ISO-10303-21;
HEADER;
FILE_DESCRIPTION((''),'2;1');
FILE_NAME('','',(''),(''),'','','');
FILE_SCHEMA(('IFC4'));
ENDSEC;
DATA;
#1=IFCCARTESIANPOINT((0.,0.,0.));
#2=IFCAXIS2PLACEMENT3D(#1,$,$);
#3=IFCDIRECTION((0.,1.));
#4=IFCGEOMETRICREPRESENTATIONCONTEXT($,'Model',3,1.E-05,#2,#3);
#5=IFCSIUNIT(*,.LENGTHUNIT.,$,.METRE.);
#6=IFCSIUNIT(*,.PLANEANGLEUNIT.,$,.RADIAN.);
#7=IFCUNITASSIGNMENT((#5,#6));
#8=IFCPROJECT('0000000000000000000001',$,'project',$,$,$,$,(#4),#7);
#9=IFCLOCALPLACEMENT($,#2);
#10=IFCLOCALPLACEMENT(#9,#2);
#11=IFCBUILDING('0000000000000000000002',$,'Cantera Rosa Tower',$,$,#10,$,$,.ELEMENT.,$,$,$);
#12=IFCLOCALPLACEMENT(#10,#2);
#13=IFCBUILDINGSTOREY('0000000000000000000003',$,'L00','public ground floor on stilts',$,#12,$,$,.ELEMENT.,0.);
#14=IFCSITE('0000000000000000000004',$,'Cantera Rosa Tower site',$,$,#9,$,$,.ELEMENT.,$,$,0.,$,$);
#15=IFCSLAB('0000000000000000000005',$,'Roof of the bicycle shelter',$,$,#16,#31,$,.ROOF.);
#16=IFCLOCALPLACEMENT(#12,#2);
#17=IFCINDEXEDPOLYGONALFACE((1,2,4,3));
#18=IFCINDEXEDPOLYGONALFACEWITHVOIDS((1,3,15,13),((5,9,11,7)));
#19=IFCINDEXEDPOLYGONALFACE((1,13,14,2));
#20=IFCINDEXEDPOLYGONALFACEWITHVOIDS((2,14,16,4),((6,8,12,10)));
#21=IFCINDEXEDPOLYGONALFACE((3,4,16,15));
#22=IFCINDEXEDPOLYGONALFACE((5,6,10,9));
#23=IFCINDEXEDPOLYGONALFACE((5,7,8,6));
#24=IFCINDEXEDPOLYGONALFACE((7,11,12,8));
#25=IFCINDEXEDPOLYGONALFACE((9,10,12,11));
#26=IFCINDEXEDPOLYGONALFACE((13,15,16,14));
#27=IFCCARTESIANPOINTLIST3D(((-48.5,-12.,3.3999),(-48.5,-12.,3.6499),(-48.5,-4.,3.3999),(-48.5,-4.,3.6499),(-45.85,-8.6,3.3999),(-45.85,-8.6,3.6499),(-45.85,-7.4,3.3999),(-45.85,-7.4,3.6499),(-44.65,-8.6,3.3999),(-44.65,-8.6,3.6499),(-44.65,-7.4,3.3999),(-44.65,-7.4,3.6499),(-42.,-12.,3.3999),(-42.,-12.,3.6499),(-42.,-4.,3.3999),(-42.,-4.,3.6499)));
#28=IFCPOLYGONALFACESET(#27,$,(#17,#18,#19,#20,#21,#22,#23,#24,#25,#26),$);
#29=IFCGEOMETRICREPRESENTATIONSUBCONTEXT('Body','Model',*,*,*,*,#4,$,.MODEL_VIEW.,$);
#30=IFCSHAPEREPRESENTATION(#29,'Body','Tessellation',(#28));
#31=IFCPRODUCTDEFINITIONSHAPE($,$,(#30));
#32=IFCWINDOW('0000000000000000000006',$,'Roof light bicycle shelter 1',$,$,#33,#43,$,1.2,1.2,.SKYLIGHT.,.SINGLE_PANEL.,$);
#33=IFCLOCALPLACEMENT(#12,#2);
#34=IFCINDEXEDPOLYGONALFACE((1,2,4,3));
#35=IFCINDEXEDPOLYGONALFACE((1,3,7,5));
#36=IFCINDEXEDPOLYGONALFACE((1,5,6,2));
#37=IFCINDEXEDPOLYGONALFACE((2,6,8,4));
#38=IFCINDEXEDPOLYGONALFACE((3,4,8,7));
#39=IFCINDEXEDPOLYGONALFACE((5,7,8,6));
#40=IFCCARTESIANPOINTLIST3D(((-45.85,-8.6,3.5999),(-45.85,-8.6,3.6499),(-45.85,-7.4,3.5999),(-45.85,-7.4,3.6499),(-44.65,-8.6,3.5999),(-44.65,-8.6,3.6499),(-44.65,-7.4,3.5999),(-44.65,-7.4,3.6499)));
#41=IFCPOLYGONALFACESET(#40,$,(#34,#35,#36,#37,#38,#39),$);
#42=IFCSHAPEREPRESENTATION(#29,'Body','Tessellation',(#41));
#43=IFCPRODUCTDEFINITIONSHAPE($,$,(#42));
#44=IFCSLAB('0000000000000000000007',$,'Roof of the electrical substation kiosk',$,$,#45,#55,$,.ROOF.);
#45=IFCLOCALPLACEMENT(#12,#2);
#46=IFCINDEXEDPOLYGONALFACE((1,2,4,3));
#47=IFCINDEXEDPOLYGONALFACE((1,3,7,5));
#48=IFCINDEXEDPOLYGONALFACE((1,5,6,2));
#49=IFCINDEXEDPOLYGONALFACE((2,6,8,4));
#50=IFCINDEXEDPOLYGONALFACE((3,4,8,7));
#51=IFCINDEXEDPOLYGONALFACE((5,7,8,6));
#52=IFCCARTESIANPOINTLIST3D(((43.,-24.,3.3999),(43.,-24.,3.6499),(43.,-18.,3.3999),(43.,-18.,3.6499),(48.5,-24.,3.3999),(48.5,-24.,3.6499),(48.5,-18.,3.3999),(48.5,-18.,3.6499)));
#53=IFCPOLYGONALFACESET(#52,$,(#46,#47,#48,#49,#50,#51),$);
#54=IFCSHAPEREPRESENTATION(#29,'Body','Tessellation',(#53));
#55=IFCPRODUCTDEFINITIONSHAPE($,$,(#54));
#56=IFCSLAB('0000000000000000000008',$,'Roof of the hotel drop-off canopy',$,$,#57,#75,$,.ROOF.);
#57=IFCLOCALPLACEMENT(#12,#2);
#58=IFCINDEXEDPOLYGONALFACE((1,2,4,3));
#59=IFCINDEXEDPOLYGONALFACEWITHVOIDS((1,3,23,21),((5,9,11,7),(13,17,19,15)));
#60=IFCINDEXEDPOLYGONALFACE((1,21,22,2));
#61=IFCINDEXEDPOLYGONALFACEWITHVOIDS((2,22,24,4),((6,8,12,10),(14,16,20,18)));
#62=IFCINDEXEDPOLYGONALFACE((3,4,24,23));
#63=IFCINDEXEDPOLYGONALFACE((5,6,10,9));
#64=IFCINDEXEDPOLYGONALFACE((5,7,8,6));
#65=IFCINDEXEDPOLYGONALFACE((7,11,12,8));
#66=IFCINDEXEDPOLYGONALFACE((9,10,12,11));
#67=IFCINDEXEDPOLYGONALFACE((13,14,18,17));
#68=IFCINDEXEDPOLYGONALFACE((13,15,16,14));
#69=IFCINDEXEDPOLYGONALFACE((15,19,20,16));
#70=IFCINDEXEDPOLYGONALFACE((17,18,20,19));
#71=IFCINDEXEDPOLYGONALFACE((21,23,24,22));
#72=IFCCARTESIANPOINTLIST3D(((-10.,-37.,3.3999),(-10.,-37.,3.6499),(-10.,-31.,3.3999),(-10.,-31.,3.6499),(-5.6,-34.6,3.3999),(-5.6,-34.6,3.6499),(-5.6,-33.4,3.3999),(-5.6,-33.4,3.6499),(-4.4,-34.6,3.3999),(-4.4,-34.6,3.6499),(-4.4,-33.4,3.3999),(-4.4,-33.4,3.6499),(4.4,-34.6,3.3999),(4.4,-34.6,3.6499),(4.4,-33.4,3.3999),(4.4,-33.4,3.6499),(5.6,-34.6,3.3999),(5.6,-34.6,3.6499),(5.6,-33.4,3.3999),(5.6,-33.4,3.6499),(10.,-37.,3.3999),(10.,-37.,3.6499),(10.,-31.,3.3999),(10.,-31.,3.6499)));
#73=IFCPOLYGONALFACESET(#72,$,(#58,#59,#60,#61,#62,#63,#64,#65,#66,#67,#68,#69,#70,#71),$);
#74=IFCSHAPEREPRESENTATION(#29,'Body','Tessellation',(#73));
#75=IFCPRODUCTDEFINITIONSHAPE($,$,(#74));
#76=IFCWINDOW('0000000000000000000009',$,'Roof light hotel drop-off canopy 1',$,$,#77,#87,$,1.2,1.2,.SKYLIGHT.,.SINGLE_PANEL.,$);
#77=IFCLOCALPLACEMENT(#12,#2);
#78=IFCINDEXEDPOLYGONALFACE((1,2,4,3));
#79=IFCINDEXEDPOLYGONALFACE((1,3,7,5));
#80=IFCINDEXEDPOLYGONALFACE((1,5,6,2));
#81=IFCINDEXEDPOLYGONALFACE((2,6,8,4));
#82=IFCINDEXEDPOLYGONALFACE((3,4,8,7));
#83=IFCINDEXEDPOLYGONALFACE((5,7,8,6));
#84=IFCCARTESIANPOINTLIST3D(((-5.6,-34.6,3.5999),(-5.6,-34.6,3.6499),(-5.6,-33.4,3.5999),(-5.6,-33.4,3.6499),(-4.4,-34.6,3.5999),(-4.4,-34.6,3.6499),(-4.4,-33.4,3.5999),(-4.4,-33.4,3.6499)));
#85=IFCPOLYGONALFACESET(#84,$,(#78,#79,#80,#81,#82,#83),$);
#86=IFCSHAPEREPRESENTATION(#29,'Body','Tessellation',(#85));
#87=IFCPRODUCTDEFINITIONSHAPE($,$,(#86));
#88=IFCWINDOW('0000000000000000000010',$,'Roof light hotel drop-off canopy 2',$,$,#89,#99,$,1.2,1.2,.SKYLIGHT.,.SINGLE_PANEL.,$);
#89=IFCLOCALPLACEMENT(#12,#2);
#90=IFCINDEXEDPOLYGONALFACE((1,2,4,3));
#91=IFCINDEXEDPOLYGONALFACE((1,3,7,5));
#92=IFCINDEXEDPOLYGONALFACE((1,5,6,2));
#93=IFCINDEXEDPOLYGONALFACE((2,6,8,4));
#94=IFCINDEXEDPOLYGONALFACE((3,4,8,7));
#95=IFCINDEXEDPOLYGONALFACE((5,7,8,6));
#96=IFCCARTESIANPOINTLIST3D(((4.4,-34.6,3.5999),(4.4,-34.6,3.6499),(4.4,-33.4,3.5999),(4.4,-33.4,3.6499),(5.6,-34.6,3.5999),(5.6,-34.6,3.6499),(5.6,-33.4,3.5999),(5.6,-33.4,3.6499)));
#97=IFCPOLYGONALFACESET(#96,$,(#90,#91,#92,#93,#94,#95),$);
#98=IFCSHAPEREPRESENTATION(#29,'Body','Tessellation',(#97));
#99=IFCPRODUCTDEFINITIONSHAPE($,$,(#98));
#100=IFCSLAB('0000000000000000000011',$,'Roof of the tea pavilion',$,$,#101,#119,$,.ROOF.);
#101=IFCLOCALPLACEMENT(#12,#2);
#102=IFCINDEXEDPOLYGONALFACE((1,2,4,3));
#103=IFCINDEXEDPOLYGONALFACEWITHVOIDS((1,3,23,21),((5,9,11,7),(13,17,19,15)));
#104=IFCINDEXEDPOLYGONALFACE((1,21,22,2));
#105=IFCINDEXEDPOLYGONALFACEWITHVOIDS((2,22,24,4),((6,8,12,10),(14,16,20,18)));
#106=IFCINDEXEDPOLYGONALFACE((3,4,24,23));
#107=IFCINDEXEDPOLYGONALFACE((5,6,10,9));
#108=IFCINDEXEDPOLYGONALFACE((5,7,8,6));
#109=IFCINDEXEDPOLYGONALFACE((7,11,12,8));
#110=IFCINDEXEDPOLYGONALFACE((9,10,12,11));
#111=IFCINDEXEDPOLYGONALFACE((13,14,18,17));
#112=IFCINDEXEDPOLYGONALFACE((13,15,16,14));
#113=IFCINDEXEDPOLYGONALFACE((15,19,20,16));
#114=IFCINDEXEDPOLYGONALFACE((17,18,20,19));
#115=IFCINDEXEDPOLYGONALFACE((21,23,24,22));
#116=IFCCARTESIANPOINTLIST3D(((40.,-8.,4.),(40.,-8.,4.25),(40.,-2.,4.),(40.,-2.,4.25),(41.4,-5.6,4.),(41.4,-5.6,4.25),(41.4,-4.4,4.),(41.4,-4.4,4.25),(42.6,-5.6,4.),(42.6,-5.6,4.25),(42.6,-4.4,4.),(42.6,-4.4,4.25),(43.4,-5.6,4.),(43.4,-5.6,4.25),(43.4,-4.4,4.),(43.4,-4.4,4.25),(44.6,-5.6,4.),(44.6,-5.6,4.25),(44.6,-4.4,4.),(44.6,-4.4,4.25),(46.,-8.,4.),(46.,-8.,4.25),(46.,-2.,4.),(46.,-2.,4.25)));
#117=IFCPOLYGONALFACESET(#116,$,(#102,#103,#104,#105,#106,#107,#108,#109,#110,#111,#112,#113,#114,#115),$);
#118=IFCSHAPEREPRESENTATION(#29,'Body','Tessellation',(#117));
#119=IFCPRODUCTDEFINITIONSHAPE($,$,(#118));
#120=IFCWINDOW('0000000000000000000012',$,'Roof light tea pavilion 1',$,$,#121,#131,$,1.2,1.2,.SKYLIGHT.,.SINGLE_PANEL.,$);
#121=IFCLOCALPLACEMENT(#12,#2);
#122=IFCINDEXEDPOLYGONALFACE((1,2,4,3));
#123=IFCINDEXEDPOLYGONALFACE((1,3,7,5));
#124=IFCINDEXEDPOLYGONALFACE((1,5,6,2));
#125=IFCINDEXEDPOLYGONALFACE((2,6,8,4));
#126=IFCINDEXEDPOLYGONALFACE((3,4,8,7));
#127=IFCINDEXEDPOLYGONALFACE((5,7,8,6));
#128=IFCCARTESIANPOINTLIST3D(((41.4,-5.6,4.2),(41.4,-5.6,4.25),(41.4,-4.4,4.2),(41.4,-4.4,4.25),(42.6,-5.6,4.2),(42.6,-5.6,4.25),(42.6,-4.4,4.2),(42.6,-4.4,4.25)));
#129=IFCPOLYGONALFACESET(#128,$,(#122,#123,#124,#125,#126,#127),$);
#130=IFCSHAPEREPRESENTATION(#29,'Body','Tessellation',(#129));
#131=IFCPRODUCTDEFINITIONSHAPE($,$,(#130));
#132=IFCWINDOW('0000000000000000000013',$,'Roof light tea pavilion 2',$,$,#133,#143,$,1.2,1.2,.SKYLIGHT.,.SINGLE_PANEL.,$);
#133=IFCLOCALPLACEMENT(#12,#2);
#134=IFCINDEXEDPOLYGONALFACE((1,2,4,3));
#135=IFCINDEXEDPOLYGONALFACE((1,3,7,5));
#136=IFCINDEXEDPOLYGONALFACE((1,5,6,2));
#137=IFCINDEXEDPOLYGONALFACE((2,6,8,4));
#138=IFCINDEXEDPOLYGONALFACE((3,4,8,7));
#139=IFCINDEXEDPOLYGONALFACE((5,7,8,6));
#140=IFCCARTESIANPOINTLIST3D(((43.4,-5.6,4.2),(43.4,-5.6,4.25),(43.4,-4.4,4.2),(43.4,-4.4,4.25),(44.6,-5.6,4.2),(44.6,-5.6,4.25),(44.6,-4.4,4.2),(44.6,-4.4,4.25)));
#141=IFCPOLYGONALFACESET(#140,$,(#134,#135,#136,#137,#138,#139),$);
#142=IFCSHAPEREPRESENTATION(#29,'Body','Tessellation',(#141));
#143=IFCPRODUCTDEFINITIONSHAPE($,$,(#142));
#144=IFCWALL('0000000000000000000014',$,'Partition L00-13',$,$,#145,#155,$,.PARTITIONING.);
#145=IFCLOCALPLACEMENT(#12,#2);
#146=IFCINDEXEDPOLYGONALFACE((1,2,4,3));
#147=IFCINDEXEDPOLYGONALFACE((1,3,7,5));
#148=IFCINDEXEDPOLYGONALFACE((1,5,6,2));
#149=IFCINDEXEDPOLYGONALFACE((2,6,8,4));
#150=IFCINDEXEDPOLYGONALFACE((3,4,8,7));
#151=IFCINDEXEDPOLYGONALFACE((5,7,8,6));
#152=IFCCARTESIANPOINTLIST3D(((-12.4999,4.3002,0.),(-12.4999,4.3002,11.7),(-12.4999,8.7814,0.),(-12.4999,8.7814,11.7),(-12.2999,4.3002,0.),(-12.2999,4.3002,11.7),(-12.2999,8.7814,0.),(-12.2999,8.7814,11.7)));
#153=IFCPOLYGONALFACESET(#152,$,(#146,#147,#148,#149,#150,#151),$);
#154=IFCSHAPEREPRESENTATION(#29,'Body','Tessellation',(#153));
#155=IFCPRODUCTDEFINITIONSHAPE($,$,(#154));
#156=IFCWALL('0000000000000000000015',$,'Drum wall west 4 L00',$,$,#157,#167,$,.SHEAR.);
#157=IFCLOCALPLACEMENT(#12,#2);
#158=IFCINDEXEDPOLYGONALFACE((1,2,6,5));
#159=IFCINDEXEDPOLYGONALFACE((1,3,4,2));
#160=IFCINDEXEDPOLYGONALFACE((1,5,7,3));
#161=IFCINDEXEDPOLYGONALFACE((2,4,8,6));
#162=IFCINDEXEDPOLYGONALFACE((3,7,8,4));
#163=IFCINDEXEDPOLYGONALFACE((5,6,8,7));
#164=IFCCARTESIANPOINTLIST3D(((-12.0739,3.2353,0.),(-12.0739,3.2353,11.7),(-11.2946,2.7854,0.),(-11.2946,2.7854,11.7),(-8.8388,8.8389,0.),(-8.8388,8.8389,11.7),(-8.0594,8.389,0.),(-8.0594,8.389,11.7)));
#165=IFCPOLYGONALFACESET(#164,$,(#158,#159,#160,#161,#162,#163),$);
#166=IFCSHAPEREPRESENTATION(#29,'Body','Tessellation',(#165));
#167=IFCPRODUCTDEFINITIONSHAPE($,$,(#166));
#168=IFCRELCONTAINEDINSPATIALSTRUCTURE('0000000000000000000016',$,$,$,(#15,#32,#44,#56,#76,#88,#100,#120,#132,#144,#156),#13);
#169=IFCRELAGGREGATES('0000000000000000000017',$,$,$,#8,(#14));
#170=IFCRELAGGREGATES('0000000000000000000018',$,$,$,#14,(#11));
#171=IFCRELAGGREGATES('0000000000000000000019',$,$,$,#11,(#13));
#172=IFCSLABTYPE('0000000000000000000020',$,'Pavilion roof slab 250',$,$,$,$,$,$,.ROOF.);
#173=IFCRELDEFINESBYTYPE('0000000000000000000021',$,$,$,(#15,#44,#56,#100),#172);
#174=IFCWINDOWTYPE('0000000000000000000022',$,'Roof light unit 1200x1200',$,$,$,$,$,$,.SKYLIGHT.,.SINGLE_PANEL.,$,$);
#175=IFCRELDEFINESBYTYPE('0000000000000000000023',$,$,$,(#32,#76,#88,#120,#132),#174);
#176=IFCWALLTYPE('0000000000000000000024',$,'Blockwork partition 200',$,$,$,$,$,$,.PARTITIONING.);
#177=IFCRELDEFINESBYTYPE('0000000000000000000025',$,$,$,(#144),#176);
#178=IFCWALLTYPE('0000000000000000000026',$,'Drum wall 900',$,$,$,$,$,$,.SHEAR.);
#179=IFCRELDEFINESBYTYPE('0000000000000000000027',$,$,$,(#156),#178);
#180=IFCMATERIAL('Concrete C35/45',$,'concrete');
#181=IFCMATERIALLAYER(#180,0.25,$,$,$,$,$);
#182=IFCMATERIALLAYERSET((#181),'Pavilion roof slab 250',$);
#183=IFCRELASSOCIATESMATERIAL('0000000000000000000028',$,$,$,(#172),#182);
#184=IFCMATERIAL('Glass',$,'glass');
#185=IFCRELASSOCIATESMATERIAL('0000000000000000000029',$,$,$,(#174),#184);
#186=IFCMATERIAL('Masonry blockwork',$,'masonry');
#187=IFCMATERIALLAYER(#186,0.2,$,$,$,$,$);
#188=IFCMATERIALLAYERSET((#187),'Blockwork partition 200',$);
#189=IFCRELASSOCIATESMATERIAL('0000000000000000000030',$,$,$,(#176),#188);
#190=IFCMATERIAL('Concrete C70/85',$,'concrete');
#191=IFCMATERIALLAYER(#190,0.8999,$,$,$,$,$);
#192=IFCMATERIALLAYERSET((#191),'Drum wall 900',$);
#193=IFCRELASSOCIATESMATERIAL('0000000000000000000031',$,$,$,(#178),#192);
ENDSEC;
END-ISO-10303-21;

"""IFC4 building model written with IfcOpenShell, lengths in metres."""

from ifc_helpers import new_model, si_unit, direction, frame, frame_2d, origin, origin_2d, place, context, subcontext, project, spatial, polyline, rectangle, outline, extrude, material, layer, layer_set, type_object, element, fill, save


model = new_model("IFC4")

# Units and contexts
model_context = context("Model", 3, precision=1e-05, world=origin(), true_north=direction((0.0, 1.0)))
body_context = subcontext(model_context, "Body", "Model", "MODEL_VIEW")
ifc_project = project(units=[si_unit("LENGTHUNIT", "METRE"), si_unit("PLANEANGLEUNIT", "RADIAN")], contexts=[model_context])

# Site, building, storey
site_placement = place(None, origin())
site = spatial("IfcSite", under=ifc_project, at=site_placement, Name="Cantera Rosa Tower site", CompositionType="ELEMENT", RefElevation=0.0)
building_placement = place(site_placement, origin())
building = spatial("IfcBuilding", under=site, at=building_placement, Name="Cantera Rosa Tower", CompositionType="ELEMENT")
storey_placement = place(building_placement, origin())
storey = spatial("IfcBuildingStorey", under=building, at=storey_placement, Name="L00", Description="public ground floor on stilts", CompositionType="ELEMENT", Elevation=0.0)

# Slab, opening, window
ifc_material_1 = material(Name="Concrete C35/45", Category="concrete")
ifc_layer_1 = layer(ifc_material_1, 0.25)
ifc_layer_set_1 = layer_set([ifc_layer_1], Name="Pavilion roof slab 250")
slab_type_1 = type_object("IfcSlabType", Name="Pavilion roof slab 250", PredefinedType="ROOF", material=ifc_layer_set_1)
ifc_material_2 = material(Name="Glass", Category="glass")
window_type = type_object("IfcWindowType", Name="Roof light unit 1200x1200", PartitioningType="SINGLE_PANEL", PredefinedType="SKYLIGHT", material=ifc_material_2)
slab_1_placement = place(storey_placement, frame((0.0, 0.0, 3.3999)))
slab_1 = element("IfcSlab", 1, at=slab_1_placement, inside=storey, type_object=slab_type_1, Name="Roof of the bicycle shelter", PredefinedType="ROOF", context=body_context, shape_type="SweptSolid", body=[
    extrude(outline(polyline([(-42.0, -12.0), (-42.0, -4.0), (-48.5, -4.0), (-48.5, -12.0), (-42.0, -12.0)])), origin(), (0.0, 0.0, 1.0), 0.25),
])
opening_1_placement = place(slab_1_placement, frame((-45.25, -8.0, 0.0)))
opening_1 = element("IfcOpeningElement", 2, at=opening_1_placement, cuts=slab_1, PredefinedType="OPENING", context=body_context, shape_type="SweptSolid", body=[
    extrude(rectangle(XDim=1.2, YDim=1.2, at=origin_2d()), origin(), (0.0, 0.0, 1.0), 0.25),
])
window_1_placement = place(opening_1_placement, frame((0.0, 0.0, 0.2)))
window_1 = element("IfcWindow", 3, at=window_1_placement, inside=storey, type_object=window_type, Name="Roof light bicycle shelter 1", OverallHeight=1.2, OverallWidth=1.2, PartitioningType="SINGLE_PANEL", PredefinedType="SKYLIGHT", context=body_context, shape_type="SweptSolid", body=[
    extrude(rectangle(XDim=1.2, YDim=1.2, at=origin_2d()), origin(), (0.0, 0.0, 1.0), 0.05),
])
fill(opening_1, window_1)

# Slab
slab_2_placement = place(storey_placement, frame((0.0, 0.0, 3.3999)))
element("IfcSlab", 4, at=slab_2_placement, inside=storey, type_object=slab_type_1, Name="Roof of the electrical substation kiosk", PredefinedType="ROOF", context=body_context, shape_type="SweptSolid", body=[
    extrude(outline(polyline([(48.5, -24.0), (48.5, -18.0), (43.0, -18.0), (43.0, -24.0), (48.5, -24.0)])), origin(), (0.0, 0.0, 1.0), 0.25),
])

# Slabs, openings, windows
slab_3_placement = place(storey_placement, frame((0.0, 0.0, 3.3999)))
slab_3 = element("IfcSlab", 5, at=slab_3_placement, inside=storey, type_object=slab_type_1, Name="Roof of the hotel drop-off canopy", PredefinedType="ROOF", context=body_context, shape_type="SweptSolid", body=[
    extrude(outline(polyline([(10.0, -37.0), (10.0, -31.0), (-10.0, -31.0), (-10.0, -37.0), (10.0, -37.0)])), origin(), (0.0, 0.0, 1.0), 0.25),
])
opening_2_placement = place(slab_3_placement, frame((-5.0, -34.0, 0.0)))
opening_2 = element("IfcOpeningElement", 6, at=opening_2_placement, cuts=slab_3, PredefinedType="OPENING", context=body_context, shape_type="SweptSolid", body=[
    extrude(rectangle(XDim=1.2, YDim=1.2, at=origin_2d()), origin(), (0.0, 0.0, 1.0), 0.25),
])
opening_3_placement = place(slab_3_placement, frame((5.0, -34.0, 0.0)))
opening_3 = element("IfcOpeningElement", 7, at=opening_3_placement, cuts=slab_3, PredefinedType="OPENING", context=body_context, shape_type="SweptSolid", body=[
    extrude(rectangle(XDim=1.2, YDim=1.2, at=origin_2d()), origin(), (0.0, 0.0, 1.0), 0.25),
])
window_2_placement = place(opening_2_placement, frame((0.0, 0.0, 0.2)))
window_2 = element("IfcWindow", 8, at=window_2_placement, inside=storey, type_object=window_type, Name="Roof light hotel drop-off canopy 1", OverallHeight=1.2, OverallWidth=1.2, PartitioningType="SINGLE_PANEL", PredefinedType="SKYLIGHT", context=body_context, shape_type="SweptSolid", body=[
    extrude(rectangle(XDim=1.2, YDim=1.2, at=origin_2d()), origin(), (0.0, 0.0, 1.0), 0.05),
])
fill(opening_2, window_2)
window_3_placement = place(opening_3_placement, frame((0.0, 0.0, 0.2)))
window_3 = element("IfcWindow", 9, at=window_3_placement, inside=storey, type_object=window_type, Name="Roof light hotel drop-off canopy 2", OverallHeight=1.2, OverallWidth=1.2, PartitioningType="SINGLE_PANEL", PredefinedType="SKYLIGHT", context=body_context, shape_type="SweptSolid", body=[
    extrude(rectangle(XDim=1.2, YDim=1.2, at=origin_2d()), origin(), (0.0, 0.0, 1.0), 0.05),
])
fill(opening_3, window_3)
slab_4_placement = place(storey_placement, frame((0.0, 0.0, 4.0)))
slab_4 = element("IfcSlab", 10, at=slab_4_placement, inside=storey, type_object=slab_type_1, Name="Roof of the tea pavilion", PredefinedType="ROOF", context=body_context, shape_type="SweptSolid", body=[
    extrude(outline(polyline([(46.0, -8.0), (46.0, -2.0), (40.0, -2.0), (40.0, -8.0), (46.0, -8.0)])), origin(), (0.0, 0.0, 1.0), 0.25),
])
opening_4_placement = place(slab_4_placement, frame((42.0, -5.0, 0.0)))
opening_4 = element("IfcOpeningElement", 11, at=opening_4_placement, cuts=slab_4, PredefinedType="OPENING", context=body_context, shape_type="SweptSolid", body=[
    extrude(rectangle(XDim=1.2, YDim=1.2, at=origin_2d()), origin(), (0.0, 0.0, 1.0), 0.25),
])
opening_5_placement = place(slab_4_placement, frame((44.0, -5.0, 0.0)))
opening_5 = element("IfcOpeningElement", 12, at=opening_5_placement, cuts=slab_4, PredefinedType="OPENING", context=body_context, shape_type="SweptSolid", body=[
    extrude(rectangle(XDim=1.2, YDim=1.2, at=origin_2d()), origin(), (0.0, 0.0, 1.0), 0.25),
])
window_4_placement = place(opening_4_placement, frame((0.0, 0.0, 0.2)))
window_4 = element("IfcWindow", 13, at=window_4_placement, inside=storey, type_object=window_type, Name="Roof light tea pavilion 1", OverallHeight=1.2, OverallWidth=1.2, PartitioningType="SINGLE_PANEL", PredefinedType="SKYLIGHT", context=body_context, shape_type="SweptSolid", body=[
    extrude(rectangle(XDim=1.2, YDim=1.2, at=origin_2d()), origin(), (0.0, 0.0, 1.0), 0.05),
])
fill(opening_4, window_4)
window_5_placement = place(opening_5_placement, frame((0.0, 0.0, 0.2)))
window_5 = element("IfcWindow", 14, at=window_5_placement, inside=storey, type_object=window_type, Name="Roof light tea pavilion 2", OverallHeight=1.2, OverallWidth=1.2, PartitioningType="SINGLE_PANEL", PredefinedType="SKYLIGHT", context=body_context, shape_type="SweptSolid", body=[
    extrude(rectangle(XDim=1.2, YDim=1.2, at=origin_2d()), origin(), (0.0, 0.0, 1.0), 0.05),
])
fill(opening_5, window_5)

# Walls
ifc_material_3 = material(Name="Masonry blockwork", Category="masonry")
ifc_layer_2 = layer(ifc_material_3, 0.2)
ifc_layer_set_2 = layer_set([ifc_layer_2], Name="Blockwork partition 200")
wall_type_1 = type_object("IfcWallType", Name="Blockwork partition 200", PredefinedType="PARTITIONING", material=ifc_layer_set_2)
wall_1_placement = place(storey_placement, frame((-12.3999, 4.3, 0.0), z_axis=(0.0, 0.0, 1.0), x_axis=(0.0, 1.0, 0.0)))
element("IfcWall", 15, at=wall_1_placement, inside=storey, type_object=wall_type_1, Name="Partition L00-13", PredefinedType="PARTITIONING", context=body_context, shape_type="SweptSolid", body=[
    extrude(rectangle(XDim=4.4812, YDim=0.2, at=frame_2d((2.2407, 0.0))), origin(), (0.0, 0.0, 1.0), 11.7),
])
ifc_material_4 = material(Name="Concrete C70/85", Category="concrete")
ifc_layer_3 = layer(ifc_material_4, 0.8999)
ifc_layer_set_3 = layer_set([ifc_layer_3], Name="Drum wall 900")
wall_type_2 = type_object("IfcWallType", Name="Drum wall 900", PredefinedType="SHEAR", material=ifc_layer_set_3)
wall_2_placement = place(storey_placement, frame((-11.6843, 3.0103, 0.0), z_axis=(0.0, 0.0, 1.0), x_axis=(0.49999, 0.866031, 0.0)))
element("IfcWall", 16, at=wall_2_placement, inside=storey, type_object=wall_type_2, Name="Drum wall west 4 L00", PredefinedType="SHEAR", context=body_context, shape_type="SweptSolid", body=[
    extrude(rectangle(XDim=6.4705, YDim=0.8999, at=frame_2d((3.2354, 0.0))), origin(), (0.0, 0.0, 1.0), 11.7),
])

save(model, "model.ifc")
